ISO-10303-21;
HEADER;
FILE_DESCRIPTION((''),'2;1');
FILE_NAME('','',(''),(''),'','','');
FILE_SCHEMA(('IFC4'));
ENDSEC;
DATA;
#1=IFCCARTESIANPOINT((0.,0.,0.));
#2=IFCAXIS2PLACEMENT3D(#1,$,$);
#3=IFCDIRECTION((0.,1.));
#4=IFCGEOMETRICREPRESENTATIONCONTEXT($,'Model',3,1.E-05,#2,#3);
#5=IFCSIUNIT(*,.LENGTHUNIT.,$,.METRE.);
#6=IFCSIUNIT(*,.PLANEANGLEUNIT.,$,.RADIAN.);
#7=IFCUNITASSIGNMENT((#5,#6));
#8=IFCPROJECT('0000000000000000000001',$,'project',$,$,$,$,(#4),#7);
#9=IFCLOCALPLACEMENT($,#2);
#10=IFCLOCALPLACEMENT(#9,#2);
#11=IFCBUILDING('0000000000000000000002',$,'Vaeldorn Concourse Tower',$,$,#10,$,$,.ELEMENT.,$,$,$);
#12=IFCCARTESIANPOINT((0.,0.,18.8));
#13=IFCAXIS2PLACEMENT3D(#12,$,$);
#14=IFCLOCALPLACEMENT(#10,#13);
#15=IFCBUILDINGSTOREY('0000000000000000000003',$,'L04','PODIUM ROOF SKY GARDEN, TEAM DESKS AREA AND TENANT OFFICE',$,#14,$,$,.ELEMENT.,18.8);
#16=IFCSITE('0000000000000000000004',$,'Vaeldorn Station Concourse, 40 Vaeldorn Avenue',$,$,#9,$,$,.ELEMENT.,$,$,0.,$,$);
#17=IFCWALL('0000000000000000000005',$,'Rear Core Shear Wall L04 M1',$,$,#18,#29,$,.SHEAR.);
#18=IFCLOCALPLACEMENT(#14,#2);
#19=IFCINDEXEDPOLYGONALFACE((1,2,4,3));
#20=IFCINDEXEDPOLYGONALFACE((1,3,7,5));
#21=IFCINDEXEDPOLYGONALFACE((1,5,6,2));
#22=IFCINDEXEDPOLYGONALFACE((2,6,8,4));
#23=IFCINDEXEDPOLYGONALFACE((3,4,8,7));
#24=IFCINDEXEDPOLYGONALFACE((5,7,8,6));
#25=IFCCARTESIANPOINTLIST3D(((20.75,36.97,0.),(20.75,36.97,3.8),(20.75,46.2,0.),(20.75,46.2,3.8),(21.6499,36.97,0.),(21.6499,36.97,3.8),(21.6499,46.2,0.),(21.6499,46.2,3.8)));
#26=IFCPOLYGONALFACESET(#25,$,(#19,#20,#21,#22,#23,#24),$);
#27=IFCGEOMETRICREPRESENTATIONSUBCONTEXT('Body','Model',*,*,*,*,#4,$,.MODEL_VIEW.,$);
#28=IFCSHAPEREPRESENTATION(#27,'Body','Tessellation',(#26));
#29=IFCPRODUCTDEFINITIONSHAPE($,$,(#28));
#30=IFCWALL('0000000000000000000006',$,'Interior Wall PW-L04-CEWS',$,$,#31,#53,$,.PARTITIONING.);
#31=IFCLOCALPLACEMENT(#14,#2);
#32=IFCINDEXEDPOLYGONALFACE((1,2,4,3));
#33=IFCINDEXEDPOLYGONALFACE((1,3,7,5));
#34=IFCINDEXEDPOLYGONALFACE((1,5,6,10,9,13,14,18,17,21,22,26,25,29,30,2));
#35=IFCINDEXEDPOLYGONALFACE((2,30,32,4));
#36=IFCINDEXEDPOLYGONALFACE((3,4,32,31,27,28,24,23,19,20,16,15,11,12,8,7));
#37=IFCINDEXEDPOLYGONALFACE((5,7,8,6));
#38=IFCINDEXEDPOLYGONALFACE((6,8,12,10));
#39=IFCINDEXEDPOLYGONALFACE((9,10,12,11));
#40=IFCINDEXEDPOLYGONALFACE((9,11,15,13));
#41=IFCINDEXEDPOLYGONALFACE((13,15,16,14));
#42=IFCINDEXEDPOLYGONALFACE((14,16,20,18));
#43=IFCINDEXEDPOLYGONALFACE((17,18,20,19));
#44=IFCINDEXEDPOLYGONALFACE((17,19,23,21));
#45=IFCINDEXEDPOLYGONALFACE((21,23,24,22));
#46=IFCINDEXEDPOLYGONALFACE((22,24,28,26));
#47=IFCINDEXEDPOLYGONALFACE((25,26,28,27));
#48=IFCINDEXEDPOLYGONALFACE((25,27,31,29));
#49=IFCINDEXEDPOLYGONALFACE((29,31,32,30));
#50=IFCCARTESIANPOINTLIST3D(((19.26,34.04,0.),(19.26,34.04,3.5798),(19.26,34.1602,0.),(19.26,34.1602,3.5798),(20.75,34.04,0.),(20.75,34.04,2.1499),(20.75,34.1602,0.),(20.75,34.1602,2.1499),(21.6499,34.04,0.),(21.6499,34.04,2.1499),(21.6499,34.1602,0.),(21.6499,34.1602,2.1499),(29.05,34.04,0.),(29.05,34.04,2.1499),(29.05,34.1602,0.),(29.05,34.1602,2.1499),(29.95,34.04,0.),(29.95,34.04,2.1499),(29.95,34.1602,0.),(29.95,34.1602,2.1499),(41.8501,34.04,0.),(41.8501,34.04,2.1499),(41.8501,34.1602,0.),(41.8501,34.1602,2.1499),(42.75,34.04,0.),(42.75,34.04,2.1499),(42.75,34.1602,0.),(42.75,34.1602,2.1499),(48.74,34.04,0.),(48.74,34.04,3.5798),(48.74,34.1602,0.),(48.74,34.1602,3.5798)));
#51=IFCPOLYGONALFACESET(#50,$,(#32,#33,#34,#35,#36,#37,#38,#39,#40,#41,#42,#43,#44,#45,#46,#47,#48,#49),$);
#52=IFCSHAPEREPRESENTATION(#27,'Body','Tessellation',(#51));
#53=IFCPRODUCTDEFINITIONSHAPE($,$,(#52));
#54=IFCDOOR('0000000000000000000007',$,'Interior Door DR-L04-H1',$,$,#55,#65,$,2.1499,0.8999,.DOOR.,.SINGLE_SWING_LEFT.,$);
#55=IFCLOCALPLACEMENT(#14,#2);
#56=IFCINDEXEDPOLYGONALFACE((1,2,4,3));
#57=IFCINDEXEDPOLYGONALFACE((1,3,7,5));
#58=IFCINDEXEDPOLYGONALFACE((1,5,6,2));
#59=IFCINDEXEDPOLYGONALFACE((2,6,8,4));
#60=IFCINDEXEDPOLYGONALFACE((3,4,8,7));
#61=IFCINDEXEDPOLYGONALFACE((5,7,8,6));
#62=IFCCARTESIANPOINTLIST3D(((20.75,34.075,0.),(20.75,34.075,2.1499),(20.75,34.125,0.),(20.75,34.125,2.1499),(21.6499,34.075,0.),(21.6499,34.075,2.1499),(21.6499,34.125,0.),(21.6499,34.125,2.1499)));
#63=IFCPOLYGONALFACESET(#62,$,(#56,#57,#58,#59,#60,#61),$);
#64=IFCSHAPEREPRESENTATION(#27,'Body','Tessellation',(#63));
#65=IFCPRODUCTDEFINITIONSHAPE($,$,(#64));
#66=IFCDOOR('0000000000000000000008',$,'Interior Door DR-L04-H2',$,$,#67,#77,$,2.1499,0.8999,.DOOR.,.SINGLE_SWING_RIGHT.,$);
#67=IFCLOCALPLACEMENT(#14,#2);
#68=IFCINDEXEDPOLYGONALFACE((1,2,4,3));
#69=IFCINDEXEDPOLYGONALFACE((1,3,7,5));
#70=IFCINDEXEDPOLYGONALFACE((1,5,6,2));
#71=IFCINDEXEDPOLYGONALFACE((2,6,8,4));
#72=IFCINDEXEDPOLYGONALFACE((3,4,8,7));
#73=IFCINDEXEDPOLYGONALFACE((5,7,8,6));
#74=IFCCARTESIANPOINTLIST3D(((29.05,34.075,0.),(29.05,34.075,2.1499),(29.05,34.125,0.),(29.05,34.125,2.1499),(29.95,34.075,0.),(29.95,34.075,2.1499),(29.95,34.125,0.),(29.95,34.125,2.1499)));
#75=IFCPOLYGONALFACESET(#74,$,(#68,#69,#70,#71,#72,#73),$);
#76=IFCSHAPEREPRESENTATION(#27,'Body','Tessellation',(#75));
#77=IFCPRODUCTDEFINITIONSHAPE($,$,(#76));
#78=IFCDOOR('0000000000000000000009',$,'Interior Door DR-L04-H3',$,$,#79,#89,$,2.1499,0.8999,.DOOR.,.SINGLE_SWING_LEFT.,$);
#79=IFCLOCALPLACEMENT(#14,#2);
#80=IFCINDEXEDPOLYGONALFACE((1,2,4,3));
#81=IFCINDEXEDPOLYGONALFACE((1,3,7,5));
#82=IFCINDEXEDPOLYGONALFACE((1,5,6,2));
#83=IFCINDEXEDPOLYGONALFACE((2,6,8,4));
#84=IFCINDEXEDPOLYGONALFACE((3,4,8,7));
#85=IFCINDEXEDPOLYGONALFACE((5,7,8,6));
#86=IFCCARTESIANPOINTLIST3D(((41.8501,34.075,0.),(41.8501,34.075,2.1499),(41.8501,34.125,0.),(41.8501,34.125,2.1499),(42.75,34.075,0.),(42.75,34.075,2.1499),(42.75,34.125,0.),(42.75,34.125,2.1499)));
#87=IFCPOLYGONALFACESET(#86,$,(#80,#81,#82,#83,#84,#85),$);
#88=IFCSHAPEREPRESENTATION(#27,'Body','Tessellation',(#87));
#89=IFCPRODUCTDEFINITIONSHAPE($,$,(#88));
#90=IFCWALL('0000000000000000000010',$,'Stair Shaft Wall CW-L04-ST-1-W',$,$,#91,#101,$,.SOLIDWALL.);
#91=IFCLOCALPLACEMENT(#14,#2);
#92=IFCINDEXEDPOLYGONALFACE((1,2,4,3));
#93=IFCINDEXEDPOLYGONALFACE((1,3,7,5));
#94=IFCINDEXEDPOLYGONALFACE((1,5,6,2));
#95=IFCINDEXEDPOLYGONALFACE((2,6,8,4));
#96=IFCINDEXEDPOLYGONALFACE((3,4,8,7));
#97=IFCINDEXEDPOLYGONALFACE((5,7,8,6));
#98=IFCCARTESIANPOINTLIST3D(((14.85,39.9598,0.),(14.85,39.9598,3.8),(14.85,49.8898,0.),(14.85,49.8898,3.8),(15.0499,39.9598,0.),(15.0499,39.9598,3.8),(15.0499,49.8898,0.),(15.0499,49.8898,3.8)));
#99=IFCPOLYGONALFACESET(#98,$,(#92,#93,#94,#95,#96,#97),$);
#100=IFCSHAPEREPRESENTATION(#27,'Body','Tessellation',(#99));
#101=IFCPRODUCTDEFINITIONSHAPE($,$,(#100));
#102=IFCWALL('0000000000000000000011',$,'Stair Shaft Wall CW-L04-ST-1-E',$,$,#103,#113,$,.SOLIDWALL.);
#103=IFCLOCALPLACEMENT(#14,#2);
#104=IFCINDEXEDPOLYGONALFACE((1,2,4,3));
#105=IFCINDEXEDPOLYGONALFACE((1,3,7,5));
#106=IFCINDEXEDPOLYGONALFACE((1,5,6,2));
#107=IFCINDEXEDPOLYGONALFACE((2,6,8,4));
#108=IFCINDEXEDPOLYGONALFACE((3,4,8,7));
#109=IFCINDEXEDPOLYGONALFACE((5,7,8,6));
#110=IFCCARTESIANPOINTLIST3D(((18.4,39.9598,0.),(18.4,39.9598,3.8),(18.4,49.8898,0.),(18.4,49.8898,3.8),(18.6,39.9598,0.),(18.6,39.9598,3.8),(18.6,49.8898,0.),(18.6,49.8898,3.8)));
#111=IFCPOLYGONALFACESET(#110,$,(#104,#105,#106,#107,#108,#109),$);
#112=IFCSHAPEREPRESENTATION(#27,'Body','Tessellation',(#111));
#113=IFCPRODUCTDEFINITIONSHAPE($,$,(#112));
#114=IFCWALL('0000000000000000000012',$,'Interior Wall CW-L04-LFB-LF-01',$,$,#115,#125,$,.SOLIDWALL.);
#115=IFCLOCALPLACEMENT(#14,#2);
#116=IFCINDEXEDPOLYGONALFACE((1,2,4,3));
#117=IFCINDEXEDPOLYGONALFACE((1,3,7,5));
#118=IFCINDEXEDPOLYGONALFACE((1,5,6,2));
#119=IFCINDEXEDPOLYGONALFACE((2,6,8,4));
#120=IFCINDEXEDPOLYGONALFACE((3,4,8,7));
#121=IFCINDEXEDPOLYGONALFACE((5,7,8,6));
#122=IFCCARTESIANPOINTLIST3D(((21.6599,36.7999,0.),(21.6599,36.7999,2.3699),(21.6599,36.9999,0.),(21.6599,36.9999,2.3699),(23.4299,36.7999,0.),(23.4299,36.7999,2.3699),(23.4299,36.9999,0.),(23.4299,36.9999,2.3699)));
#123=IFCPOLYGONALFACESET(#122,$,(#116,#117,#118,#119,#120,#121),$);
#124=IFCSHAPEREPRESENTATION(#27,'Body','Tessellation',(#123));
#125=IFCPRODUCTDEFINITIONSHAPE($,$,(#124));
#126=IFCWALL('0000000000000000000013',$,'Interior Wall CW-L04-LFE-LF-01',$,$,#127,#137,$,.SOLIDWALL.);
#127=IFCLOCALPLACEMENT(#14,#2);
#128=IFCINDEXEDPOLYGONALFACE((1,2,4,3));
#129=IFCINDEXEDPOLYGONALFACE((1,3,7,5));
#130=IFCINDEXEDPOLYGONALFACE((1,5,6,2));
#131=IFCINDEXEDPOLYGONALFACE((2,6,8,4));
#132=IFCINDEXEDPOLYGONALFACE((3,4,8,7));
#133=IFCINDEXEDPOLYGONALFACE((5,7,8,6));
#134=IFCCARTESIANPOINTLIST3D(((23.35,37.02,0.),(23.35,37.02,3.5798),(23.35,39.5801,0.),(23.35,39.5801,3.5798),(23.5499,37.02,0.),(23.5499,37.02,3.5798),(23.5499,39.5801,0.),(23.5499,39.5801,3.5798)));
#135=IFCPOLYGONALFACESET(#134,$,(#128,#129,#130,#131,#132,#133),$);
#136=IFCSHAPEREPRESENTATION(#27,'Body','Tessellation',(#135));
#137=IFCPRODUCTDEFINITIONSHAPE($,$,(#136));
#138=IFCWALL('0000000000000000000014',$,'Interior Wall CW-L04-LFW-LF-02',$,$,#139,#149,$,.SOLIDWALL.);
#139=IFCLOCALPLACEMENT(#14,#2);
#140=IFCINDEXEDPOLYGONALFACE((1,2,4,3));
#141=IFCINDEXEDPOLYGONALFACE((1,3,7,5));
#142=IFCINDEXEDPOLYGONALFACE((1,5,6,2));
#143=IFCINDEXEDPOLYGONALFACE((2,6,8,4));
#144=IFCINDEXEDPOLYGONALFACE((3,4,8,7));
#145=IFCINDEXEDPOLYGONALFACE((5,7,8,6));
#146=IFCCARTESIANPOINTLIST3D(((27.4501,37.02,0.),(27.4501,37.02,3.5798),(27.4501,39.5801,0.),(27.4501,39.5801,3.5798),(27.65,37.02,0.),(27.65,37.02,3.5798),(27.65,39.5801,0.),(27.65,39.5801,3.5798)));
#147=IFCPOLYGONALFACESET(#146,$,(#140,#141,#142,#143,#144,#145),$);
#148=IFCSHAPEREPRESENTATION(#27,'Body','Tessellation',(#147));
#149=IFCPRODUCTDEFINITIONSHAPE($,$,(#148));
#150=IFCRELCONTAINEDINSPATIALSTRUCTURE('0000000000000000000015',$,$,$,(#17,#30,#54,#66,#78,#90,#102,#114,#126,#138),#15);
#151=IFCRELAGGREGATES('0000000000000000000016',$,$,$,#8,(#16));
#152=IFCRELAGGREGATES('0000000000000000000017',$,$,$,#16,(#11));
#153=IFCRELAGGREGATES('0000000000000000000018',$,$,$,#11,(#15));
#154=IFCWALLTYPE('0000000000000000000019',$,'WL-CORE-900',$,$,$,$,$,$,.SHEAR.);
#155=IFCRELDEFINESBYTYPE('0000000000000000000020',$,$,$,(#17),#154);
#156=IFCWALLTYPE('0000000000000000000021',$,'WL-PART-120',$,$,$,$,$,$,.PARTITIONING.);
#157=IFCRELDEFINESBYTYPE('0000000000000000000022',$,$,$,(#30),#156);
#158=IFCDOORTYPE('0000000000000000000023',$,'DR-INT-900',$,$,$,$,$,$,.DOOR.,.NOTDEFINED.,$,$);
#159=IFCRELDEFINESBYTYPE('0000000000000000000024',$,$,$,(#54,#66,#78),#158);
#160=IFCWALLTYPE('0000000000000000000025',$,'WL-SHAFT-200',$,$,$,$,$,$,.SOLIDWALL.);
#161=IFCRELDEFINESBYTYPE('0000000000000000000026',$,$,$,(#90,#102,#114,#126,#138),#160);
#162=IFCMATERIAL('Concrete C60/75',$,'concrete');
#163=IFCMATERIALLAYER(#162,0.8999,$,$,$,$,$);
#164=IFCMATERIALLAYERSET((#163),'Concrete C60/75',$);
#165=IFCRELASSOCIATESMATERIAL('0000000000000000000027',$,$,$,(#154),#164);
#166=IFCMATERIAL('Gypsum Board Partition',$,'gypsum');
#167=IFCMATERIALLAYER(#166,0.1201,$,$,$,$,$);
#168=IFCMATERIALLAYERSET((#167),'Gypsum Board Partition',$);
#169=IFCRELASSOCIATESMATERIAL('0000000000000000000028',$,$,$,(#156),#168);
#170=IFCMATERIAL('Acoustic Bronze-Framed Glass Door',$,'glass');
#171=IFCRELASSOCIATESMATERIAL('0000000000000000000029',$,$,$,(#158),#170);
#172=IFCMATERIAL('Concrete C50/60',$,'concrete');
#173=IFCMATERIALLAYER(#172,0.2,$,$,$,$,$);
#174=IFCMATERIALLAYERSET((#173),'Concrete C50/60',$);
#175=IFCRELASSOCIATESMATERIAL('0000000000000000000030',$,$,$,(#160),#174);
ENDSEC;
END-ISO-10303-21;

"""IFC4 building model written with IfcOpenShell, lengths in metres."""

from ifc_helpers import new_model, si_unit, direction, frame, frame_2d, origin, place, context, subcontext, project, spatial, rectangle, extrude, source, transform, mapped, material, layer, layer_set, type_object, element, fill, save


model = new_model("IFC4")

# Units and contexts
model_context = context("Model", 3, precision=1e-05, world=origin(), true_north=direction((0.0, 1.0)))
body_context = subcontext(model_context, "Body", "Model", "MODEL_VIEW")
ifc_project = project(units=[si_unit("LENGTHUNIT", "METRE"), si_unit("PLANEANGLEUNIT", "RADIAN")], contexts=[model_context])

# Site, building, storey
site_placement = place(None, origin())
site = spatial("IfcSite", under=ifc_project, at=site_placement, Name="Vaeldorn Station Concourse, 40 Vaeldorn Avenue", CompositionType="ELEMENT", RefElevation=0.0)
building_placement = place(site_placement, origin())
building = spatial("IfcBuilding", under=site, at=building_placement, Name="Vaeldorn Concourse Tower", CompositionType="ELEMENT")
storey_placement = place(building_placement, frame((0.0, 0.0, 18.8)))
storey = spatial("IfcBuildingStorey", under=building, at=storey_placement, Name="L04", Description="PODIUM ROOF SKY GARDEN, TEAM DESKS AREA AND TENANT OFFICE", CompositionType="ELEMENT", Elevation=18.8)

# Wall
ifc_material_1 = material(Name="Concrete C60/75", Category="concrete")
ifc_layer_1 = layer(ifc_material_1, 0.8999)
ifc_layer_set_1 = layer_set([ifc_layer_1], Name="Concrete C60/75")
wall_type_1 = type_object("IfcWallType", Name="WL-CORE-900", PredefinedType="SHEAR", material=ifc_layer_set_1)
wall_1_placement = place(storey_placement, frame((21.2, 36.97, 0.0), z_axis=(0.0, 0.0, 1.0), x_axis=(0.0, 1.0, 0.0)))
element("IfcWall", 1, at=wall_1_placement, inside=storey, type_object=wall_type_1, Name="Rear Core Shear Wall L04 M1", PredefinedType="SHEAR", context=body_context, shape_type="SweptSolid", body=[
    extrude(rectangle(XDim=9.23, YDim=0.8999, at=frame_2d((4.615, 0.0))), origin(), (0.0, 0.0, 1.0), 3.8),
])

# Wall, openings, doors
ifc_material_2 = material(Name="Gypsum Board Partition", Category="gypsum")
ifc_layer_2 = layer(ifc_material_2, 0.1201)
ifc_layer_set_2 = layer_set([ifc_layer_2], Name="Gypsum Board Partition")
wall_type_2 = type_object("IfcWallType", Name="WL-PART-120", PredefinedType="PARTITIONING", material=ifc_layer_set_2)
wall_2_placement = place(storey_placement, frame((19.26, 34.1001, 0.0), z_axis=(0.0, 0.0, 1.0), x_axis=(1.0, 0.0, 0.0)))
wall_2 = element("IfcWall", 2, at=wall_2_placement, inside=storey, type_object=wall_type_2, Name="Interior Wall PW-L04-CEWS", PredefinedType="PARTITIONING", context=body_context, shape_type="SweptSolid", body=[
    extrude(rectangle(XDim=29.48, YDim=0.1201, at=frame_2d((14.74, 0.0))), origin(), (0.0, 0.0, 1.0), 3.5798),
])
opening_1_placement = place(wall_2_placement, frame((1.49, 0.0, 0.0)))
opening_1 = element("IfcOpeningElement", 3, at=opening_1_placement, cuts=wall_2, PredefinedType="OPENING", context=body_context, shape_type="SweptSolid", body=[
    extrude(rectangle(XDim=0.8999, YDim=2.1499, at=frame_2d((0.45, 1.075))), frame((0.0, 0.0701, 0.0), z_axis=(0.0, -1.0, 0.0), x_axis=(1.0, 0.0, 0.0)), (0.0, 0.0, 1.0), 0.1401),
])
opening_2_placement = place(wall_2_placement, frame((9.79, 0.0, 0.0)))
opening_2 = element("IfcOpeningElement", 4, at=opening_2_placement, cuts=wall_2, PredefinedType="OPENING", context=body_context, shape_type="SweptSolid", body=[
    extrude(rectangle(XDim=0.8999, YDim=2.1499, at=frame_2d((0.45, 1.075))), frame((0.0, 0.0701, 0.0), z_axis=(0.0, -1.0, 0.0), x_axis=(1.0, 0.0, 0.0)), (0.0, 0.0, 1.0), 0.1401),
])
opening_3_placement = place(wall_2_placement, frame((22.5901, 0.0, 0.0)))
opening_3 = element("IfcOpeningElement", 5, at=opening_3_placement, cuts=wall_2, PredefinedType="OPENING", context=body_context, shape_type="SweptSolid", body=[
    extrude(rectangle(XDim=0.8999, YDim=2.1499, at=frame_2d((0.45, 1.075))), frame((0.0, 0.0701, 0.0), z_axis=(0.0, -1.0, 0.0), x_axis=(1.0, 0.0, 0.0)), (0.0, 0.0, 1.0), 0.1401),
])
ifc_material_3 = material(Name="Acoustic Bronze-Framed Glass Door", Category="glass")
door_type_1 = type_object("IfcDoorType", Name="DR-INT-900", OperationType="NOTDEFINED", PredefinedType="DOOR", material=ifc_material_3)
shared_shape_1 = source(origin(), body_context, "Body", "SweptSolid", [
    extrude(rectangle(XDim=0.8999, YDim=2.1499, at=frame_2d((0.45, 1.075))), frame((0.0, 0.0249, 0.0), z_axis=(0.0, -1.0, 0.0), x_axis=(1.0, 0.0, 0.0)), (0.0, 0.0, 1.0), 0.05),
])
door_1_placement = place(opening_1_placement, origin())
door_1 = element("IfcDoor", 6, at=door_1_placement, inside=storey, type_object=door_type_1, Name="Interior Door DR-L04-H1", OperationType="SINGLE_SWING_LEFT", OverallHeight=2.1499, OverallWidth=0.8999, PredefinedType="DOOR", context=body_context, shape_type="MappedRepresentation", body=[
    mapped(shared_shape_1, transform((0.0, 0.0, 0.0), scale=1.0)),
])
fill(opening_1, door_1)
door_2_placement = place(opening_2_placement, origin())
door_2 = element("IfcDoor", 7, at=door_2_placement, inside=storey, type_object=door_type_1, Name="Interior Door DR-L04-H2", OperationType="SINGLE_SWING_RIGHT", OverallHeight=2.1499, OverallWidth=0.8999, PredefinedType="DOOR", context=body_context, shape_type="MappedRepresentation", body=[
    mapped(shared_shape_1, transform((0.0, 0.0, 0.0), scale=1.0)),
])
fill(opening_2, door_2)
door_3_placement = place(opening_3_placement, origin())
door_3 = element("IfcDoor", 8, at=door_3_placement, inside=storey, type_object=door_type_1, Name="Interior Door DR-L04-H3", OperationType="SINGLE_SWING_LEFT", OverallHeight=2.1499, OverallWidth=0.8999, PredefinedType="DOOR", context=body_context, shape_type="MappedRepresentation", body=[
    mapped(shared_shape_1, transform((0.0, 0.0, 0.0), scale=1.0)),
])
fill(opening_3, door_3)

# Walls
ifc_material_4 = material(Name="Concrete C50/60", Category="concrete")
ifc_layer_3 = layer(ifc_material_4, 0.2)
ifc_layer_set_3 = layer_set([ifc_layer_3], Name="Concrete C50/60")
wall_type_3 = type_object("IfcWallType", Name="WL-SHAFT-200", PredefinedType="SOLIDWALL", material=ifc_layer_set_3)
for number, where, z_axis, x_axis, name in (
    (9, (14.95, 39.96, 0.0), (0.0, 0.0, 1.0), (0.0, 1.0, 0.0), "Stair Shaft Wall CW-L04-ST-1-W"),
    (10, (18.5, 39.96, 0.0), (0.0, 0.0, 1.0), (0.0, 1.0, 0.0), "Stair Shaft Wall CW-L04-ST-1-E"),
):
    element("IfcWall", number, at=place(storey_placement, frame(where, z_axis=z_axis, x_axis=x_axis)), inside=storey, type_object=wall_type_3, Name=name, PredefinedType="SOLIDWALL", context=body_context, shape_type="SweptSolid", body=[
        extrude(rectangle(XDim=9.9299, YDim=0.2, at=frame_2d((4.9648, 0.0))), origin(), (0.0, 0.0, 1.0), 3.8),
    ])

# Walls
wall_3_placement = place(storey_placement, frame((21.6599, 36.8999, 0.0), z_axis=(0.0, 0.0, 1.0), x_axis=(1.0, 0.0, 0.0)))
element("IfcWall", 11, at=wall_3_placement, inside=storey, type_object=wall_type_3, Name="Interior Wall CW-L04-LFB-LF-01", PredefinedType="SOLIDWALL", context=body_context, shape_type="SweptSolid", body=[
    extrude(rectangle(XDim=1.77, YDim=0.2, at=frame_2d((0.885, 0.0))), origin(), (0.0, 0.0, 1.0), 2.3699),
])
wall_4_placement = place(storey_placement, frame((23.45, 37.02, 0.0), z_axis=(0.0, 0.0, 1.0), x_axis=(0.0, 1.0, 0.0)))
element("IfcWall", 12, at=wall_4_placement, inside=storey, type_object=wall_type_3, Name="Interior Wall CW-L04-LFE-LF-01", PredefinedType="SOLIDWALL", context=body_context, shape_type="SweptSolid", body=[
    extrude(rectangle(XDim=2.5601, YDim=0.2, at=frame_2d((1.28, 0.0))), origin(), (0.0, 0.0, 1.0), 3.5798),
])

# Wall
wall_5_placement = place(storey_placement, frame((27.55, 37.02, 0.0), z_axis=(0.0, 0.0, 1.0), x_axis=(0.0, 1.0, 0.0)))
element("IfcWall", 13, at=wall_5_placement, inside=storey, type_object=wall_type_3, Name="Interior Wall CW-L04-LFW-LF-02", PredefinedType="SOLIDWALL", context=body_context, shape_type="SweptSolid", body=[
    extrude(rectangle(XDim=2.5601, YDim=0.2, at=frame_2d((1.28, 0.0))), origin(), (0.0, 0.0, 1.0), 3.5798),
])

save(model, "model.ifc")
